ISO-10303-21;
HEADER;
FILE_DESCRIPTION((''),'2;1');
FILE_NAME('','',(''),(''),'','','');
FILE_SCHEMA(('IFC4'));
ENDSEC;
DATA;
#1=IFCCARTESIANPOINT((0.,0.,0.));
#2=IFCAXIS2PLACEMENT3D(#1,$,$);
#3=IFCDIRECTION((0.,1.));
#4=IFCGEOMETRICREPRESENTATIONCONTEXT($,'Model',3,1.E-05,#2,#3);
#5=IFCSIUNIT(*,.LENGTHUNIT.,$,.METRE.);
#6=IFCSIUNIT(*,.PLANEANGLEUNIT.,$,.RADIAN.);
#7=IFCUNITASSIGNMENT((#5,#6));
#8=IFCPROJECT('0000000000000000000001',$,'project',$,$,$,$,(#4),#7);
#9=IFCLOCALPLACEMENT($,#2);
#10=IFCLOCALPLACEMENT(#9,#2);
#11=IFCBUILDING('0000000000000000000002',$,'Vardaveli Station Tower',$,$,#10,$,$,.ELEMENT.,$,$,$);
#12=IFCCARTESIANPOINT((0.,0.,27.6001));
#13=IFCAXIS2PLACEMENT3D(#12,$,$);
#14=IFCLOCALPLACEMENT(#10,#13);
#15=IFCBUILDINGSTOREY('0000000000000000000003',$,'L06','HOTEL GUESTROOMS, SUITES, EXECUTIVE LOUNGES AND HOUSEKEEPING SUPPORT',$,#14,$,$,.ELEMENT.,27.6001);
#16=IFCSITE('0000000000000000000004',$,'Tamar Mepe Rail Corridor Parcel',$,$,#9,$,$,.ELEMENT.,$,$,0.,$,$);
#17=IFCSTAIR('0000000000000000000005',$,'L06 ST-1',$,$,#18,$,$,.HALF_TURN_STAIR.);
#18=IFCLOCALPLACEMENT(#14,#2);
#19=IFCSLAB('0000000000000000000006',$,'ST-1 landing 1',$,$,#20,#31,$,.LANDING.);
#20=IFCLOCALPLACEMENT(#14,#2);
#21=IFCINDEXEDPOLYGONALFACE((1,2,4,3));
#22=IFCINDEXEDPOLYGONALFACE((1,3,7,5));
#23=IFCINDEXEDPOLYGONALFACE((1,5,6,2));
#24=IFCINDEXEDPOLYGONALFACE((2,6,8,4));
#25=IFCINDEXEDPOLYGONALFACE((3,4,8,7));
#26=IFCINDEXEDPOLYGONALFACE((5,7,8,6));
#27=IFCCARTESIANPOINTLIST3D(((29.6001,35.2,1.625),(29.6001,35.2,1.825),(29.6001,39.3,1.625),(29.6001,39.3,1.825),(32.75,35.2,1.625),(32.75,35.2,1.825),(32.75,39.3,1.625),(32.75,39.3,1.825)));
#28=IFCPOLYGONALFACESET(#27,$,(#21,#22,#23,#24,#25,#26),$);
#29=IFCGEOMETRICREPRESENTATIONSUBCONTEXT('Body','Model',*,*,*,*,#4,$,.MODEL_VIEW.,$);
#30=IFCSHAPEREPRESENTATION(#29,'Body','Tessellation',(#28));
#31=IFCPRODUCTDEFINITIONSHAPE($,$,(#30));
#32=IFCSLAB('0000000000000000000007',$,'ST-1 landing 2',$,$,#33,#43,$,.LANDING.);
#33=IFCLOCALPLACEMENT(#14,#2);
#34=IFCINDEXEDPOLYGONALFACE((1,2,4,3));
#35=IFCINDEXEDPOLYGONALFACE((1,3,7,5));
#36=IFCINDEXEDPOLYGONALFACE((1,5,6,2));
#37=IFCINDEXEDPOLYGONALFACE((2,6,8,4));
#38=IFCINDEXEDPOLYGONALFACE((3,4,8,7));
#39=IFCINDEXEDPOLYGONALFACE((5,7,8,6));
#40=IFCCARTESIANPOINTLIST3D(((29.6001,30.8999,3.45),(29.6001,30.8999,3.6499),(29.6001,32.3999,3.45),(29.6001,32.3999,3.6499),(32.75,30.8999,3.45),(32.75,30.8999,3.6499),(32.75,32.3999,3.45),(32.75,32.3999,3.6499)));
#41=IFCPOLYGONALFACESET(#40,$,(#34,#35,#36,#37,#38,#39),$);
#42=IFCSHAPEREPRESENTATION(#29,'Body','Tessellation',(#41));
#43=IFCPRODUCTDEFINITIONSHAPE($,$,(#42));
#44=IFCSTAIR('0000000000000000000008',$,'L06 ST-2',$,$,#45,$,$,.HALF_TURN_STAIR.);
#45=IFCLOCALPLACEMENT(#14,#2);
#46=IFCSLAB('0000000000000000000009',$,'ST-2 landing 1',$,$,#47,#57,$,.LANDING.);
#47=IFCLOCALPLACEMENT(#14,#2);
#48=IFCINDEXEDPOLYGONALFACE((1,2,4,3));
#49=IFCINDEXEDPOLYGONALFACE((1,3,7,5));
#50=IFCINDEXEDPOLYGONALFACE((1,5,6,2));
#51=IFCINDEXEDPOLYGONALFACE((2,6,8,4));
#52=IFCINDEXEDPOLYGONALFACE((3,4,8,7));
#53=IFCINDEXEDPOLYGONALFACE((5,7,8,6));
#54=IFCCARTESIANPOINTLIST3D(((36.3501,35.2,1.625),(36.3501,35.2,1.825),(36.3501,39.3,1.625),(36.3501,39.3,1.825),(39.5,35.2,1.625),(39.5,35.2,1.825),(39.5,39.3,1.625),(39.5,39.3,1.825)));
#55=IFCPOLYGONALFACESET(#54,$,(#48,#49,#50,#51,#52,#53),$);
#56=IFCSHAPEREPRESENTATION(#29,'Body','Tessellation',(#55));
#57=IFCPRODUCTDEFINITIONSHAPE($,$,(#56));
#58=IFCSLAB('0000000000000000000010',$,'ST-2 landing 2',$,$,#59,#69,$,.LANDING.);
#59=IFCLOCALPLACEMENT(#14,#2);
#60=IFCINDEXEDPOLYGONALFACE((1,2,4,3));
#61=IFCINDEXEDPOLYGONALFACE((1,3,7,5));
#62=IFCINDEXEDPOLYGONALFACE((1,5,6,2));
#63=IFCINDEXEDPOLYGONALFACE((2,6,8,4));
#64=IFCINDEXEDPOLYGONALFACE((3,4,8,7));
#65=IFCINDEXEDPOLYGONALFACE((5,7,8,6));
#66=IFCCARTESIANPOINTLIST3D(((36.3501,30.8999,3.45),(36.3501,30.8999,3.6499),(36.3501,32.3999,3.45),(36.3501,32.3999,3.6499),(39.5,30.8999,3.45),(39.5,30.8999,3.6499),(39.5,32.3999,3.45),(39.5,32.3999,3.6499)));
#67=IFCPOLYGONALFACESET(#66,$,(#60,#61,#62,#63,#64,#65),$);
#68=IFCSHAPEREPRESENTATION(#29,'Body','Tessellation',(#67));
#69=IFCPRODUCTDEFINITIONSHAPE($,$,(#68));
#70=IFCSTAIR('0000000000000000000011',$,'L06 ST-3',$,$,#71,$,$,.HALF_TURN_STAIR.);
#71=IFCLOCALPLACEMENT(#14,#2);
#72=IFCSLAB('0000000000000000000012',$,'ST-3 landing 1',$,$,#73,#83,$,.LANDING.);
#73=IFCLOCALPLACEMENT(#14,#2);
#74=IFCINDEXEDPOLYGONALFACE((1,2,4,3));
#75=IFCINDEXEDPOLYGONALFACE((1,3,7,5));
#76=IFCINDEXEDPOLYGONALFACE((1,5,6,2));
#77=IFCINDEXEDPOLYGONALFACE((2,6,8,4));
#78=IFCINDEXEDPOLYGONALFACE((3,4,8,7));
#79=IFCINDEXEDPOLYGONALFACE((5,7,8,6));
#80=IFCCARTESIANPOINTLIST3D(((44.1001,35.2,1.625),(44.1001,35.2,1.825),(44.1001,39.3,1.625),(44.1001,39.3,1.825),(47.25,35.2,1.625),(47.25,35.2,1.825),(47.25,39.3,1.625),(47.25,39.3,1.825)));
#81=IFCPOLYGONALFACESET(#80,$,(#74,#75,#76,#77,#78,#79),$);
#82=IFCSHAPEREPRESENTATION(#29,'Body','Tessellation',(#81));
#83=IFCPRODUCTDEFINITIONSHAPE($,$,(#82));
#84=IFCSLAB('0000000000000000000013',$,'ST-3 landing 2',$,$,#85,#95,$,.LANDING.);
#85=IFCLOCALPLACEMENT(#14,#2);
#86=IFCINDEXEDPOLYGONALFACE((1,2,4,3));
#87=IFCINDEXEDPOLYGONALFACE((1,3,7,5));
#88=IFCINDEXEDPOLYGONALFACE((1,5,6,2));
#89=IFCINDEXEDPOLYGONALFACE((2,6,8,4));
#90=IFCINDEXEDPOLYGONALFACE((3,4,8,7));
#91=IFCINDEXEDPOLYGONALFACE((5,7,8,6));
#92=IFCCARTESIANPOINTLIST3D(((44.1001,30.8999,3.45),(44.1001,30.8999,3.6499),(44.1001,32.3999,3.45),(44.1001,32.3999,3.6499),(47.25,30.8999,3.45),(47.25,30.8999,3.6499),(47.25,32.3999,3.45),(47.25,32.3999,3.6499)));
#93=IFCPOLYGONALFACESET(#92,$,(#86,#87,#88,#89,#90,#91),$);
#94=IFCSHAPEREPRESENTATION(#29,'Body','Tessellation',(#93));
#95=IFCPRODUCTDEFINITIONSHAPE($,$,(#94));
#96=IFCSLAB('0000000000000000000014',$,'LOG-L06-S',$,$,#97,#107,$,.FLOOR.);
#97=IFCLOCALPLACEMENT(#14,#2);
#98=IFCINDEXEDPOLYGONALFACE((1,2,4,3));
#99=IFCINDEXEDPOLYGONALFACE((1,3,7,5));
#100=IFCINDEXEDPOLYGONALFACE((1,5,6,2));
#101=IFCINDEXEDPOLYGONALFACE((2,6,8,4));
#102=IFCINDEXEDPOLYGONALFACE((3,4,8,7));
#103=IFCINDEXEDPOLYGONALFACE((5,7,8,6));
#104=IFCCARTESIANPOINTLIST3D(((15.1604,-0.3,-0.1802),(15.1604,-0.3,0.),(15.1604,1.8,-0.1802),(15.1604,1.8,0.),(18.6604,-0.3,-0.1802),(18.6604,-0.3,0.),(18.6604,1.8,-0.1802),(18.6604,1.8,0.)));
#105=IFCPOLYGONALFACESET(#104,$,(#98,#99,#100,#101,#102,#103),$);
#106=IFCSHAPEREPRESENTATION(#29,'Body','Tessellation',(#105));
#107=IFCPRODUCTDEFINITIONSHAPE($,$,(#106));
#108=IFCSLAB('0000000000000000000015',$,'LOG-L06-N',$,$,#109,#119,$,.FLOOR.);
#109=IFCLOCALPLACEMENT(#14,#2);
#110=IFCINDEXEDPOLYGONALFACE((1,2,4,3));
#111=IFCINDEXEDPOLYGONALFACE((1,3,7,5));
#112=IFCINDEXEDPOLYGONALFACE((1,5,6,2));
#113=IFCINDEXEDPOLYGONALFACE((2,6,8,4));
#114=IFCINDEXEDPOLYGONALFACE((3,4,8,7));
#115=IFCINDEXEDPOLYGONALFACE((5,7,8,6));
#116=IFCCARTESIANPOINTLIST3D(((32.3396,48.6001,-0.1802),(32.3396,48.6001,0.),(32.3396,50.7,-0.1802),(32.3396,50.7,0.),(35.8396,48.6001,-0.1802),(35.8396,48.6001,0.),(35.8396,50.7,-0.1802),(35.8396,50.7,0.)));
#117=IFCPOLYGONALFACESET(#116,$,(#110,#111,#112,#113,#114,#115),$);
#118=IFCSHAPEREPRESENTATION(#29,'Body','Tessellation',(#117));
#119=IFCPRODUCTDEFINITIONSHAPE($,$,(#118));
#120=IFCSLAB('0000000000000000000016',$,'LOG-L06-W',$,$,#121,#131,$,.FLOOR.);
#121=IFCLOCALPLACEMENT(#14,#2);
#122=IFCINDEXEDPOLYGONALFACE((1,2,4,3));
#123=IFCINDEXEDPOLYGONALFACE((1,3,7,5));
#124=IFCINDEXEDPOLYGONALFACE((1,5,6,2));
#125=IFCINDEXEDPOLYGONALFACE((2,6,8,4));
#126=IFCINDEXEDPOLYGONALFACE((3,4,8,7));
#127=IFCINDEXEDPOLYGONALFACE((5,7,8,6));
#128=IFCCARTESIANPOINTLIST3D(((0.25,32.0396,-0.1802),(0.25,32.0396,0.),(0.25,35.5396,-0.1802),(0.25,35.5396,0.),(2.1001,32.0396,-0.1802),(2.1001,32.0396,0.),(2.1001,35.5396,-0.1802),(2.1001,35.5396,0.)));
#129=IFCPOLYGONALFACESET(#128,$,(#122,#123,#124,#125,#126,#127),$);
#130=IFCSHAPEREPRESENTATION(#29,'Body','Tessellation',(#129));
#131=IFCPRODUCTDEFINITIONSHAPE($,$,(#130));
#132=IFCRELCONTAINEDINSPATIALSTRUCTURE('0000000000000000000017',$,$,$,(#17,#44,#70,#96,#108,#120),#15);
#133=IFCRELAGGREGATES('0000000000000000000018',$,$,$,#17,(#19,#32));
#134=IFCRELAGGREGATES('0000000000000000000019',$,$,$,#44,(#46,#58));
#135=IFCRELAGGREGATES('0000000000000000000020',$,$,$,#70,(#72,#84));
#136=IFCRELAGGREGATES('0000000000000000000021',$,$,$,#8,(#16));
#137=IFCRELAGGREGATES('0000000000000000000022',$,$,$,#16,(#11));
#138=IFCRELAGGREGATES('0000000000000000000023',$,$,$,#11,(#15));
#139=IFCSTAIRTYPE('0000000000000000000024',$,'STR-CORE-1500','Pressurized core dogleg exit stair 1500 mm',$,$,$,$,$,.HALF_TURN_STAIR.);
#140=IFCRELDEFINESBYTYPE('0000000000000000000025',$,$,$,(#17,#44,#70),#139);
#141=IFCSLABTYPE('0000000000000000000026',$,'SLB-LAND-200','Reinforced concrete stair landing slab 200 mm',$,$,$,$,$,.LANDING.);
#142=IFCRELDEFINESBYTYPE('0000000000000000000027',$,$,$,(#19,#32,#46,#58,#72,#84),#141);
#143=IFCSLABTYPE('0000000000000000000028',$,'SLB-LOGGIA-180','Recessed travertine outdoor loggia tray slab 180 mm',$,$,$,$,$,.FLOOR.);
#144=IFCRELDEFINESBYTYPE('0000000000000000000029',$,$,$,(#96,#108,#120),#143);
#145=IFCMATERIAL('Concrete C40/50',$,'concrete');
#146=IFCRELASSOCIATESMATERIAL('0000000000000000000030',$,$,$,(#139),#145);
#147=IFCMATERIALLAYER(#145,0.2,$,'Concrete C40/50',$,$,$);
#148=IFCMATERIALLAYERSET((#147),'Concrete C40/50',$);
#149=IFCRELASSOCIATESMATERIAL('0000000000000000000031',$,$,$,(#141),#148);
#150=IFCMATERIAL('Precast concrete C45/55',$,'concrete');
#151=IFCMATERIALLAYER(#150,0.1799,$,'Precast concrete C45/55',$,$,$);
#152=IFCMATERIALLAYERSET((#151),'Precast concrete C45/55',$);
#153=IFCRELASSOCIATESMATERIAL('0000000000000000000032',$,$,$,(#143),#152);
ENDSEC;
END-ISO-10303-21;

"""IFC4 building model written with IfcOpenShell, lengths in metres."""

from ifc_helpers import new_model, si_unit, direction, frame, origin, place, context, subcontext, project, spatial, polyline, outline, extrude, material, layer, layer_set, type_object, element, aggregate, save


model = new_model("IFC4")

# Units and contexts
model_context = context("Model", 3, precision=1e-05, world=origin(), true_north=direction((0.0, 1.0)))
body_context = subcontext(model_context, "Body", "Model", "MODEL_VIEW")
ifc_project = project(units=[si_unit("LENGTHUNIT", "METRE"), si_unit("PLANEANGLEUNIT", "RADIAN")], contexts=[model_context])

# Site, building, storey
site_placement = place(None, origin())
site = spatial("IfcSite", under=ifc_project, at=site_placement, Name="Tamar Mepe Rail Corridor Parcel", CompositionType="ELEMENT", RefElevation=0.0)
building_placement = place(site_placement, origin())
building = spatial("IfcBuilding", under=site, at=building_placement, Name="Vardaveli Station Tower", CompositionType="ELEMENT")
storey_placement = place(building_placement, frame((0.0, 0.0, 27.6001)))
storey = spatial("IfcBuildingStorey", under=building, at=storey_placement, Name="L06", Description="HOTEL GUESTROOMS, SUITES, EXECUTIVE LOUNGES AND HOUSEKEEPING SUPPORT", CompositionType="ELEMENT", Elevation=27.6001)

# Stairs, slabs
ifc_material_1 = material(Name="Concrete C40/50", Category="concrete")
stair_type = type_object("IfcStairType", Name="STR-CORE-1500", Description="Pressurized core dogleg exit stair 1500 mm", PredefinedType="HALF_TURN_STAIR", material=ifc_material_1)
stair_1_placement = place(storey_placement, origin())
stair_1 = element("IfcStair", 1, at=stair_1_placement, inside=storey, type_object=stair_type, Name="L06 ST-1", PredefinedType="HALF_TURN_STAIR")
ifc_layer_1 = layer(ifc_material_1, 0.2, Name="Concrete C40/50")
ifc_layer_set_1 = layer_set([ifc_layer_1], Name="Concrete C40/50")
slab_type_1 = type_object("IfcSlabType", Name="SLB-LAND-200", Description="Reinforced concrete stair landing slab 200 mm", PredefinedType="LANDING", material=ifc_layer_set_1)
slab_1_placement = place(storey_placement, frame((0.0, 0.0, 1.625)))
slab_1 = element("IfcSlab", 2, at=slab_1_placement, type_object=slab_type_1, Name="ST-1 landing 1", PredefinedType="LANDING", context=body_context, shape_type="SweptSolid", body=[
    extrude(outline(polyline([(32.75, 35.2), (32.75, 39.3), (29.6001, 39.3), (29.6001, 35.2), (32.75, 35.2)])), origin(), (0.0, 0.0, 1.0), 0.2),
])
slab_2_placement = place(storey_placement, frame((0.0, 0.0, 3.45)))
slab_2 = element("IfcSlab", 3, at=slab_2_placement, type_object=slab_type_1, Name="ST-1 landing 2", PredefinedType="LANDING", context=body_context, shape_type="SweptSolid", body=[
    extrude(outline(polyline([(32.75, 30.8999), (32.75, 32.3999), (29.6001, 32.3999), (29.6001, 30.8999), (32.75, 30.8999)])), origin(), (0.0, 0.0, 1.0), 0.2),
])
aggregate(stair_1, [slab_1, slab_2])
stair_2_placement = place(storey_placement, origin())
stair_2 = element("IfcStair", 4, at=stair_2_placement, inside=storey, type_object=stair_type, Name="L06 ST-2", PredefinedType="HALF_TURN_STAIR")
slab_3_placement = place(storey_placement, frame((0.0, 0.0, 1.625)))
slab_3 = element("IfcSlab", 5, at=slab_3_placement, type_object=slab_type_1, Name="ST-2 landing 1", PredefinedType="LANDING", context=body_context, shape_type="SweptSolid", body=[
    extrude(outline(polyline([(39.5, 35.2), (39.5, 39.3), (36.3501, 39.3), (36.3501, 35.2), (39.5, 35.2)])), origin(), (0.0, 0.0, 1.0), 0.2),
])
slab_4_placement = place(storey_placement, frame((0.0, 0.0, 3.45)))
slab_4 = element("IfcSlab", 6, at=slab_4_placement, type_object=slab_type_1, Name="ST-2 landing 2", PredefinedType="LANDING", context=body_context, shape_type="SweptSolid", body=[
    extrude(outline(polyline([(39.5, 30.8999), (39.5, 32.3999), (36.3501, 32.3999), (36.3501, 30.8999), (39.5, 30.8999)])), origin(), (0.0, 0.0, 1.0), 0.2),
])
aggregate(stair_2, [slab_3, slab_4])
stair_3_placement = place(storey_placement, origin())
stair_3 = element("IfcStair", 7, at=stair_3_placement, inside=storey, type_object=stair_type, Name="L06 ST-3", PredefinedType="HALF_TURN_STAIR")
slab_5_placement = place(storey_placement, frame((0.0, 0.0, 1.625)))
slab_5 = element("IfcSlab", 8, at=slab_5_placement, type_object=slab_type_1, Name="ST-3 landing 1", PredefinedType="LANDING", context=body_context, shape_type="SweptSolid", body=[
    extrude(outline(polyline([(47.25, 35.2), (47.25, 39.3), (44.1001, 39.3), (44.1001, 35.2), (47.25, 35.2)])), origin(), (0.0, 0.0, 1.0), 0.2),
])
slab_6_placement = place(storey_placement, frame((0.0, 0.0, 3.45)))
slab_6 = element("IfcSlab", 9, at=slab_6_placement, type_object=slab_type_1, Name="ST-3 landing 2", PredefinedType="LANDING", context=body_context, shape_type="SweptSolid", body=[
    extrude(outline(polyline([(47.25, 30.8999), (47.25, 32.3999), (44.1001, 32.3999), (44.1001, 30.8999), (47.25, 30.8999)])), origin(), (0.0, 0.0, 1.0), 0.2),
])
aggregate(stair_3, [slab_5, slab_6])

# Slabs
ifc_material_2 = material(Name="Precast concrete C45/55", Category="concrete")
ifc_layer_2 = layer(ifc_material_2, 0.1799, Name="Precast concrete C45/55")
ifc_layer_set_2 = layer_set([ifc_layer_2], Name="Precast concrete C45/55")
slab_type_2 = type_object("IfcSlabType", Name="SLB-LOGGIA-180", Description="Recessed travertine outdoor loggia tray slab 180 mm", PredefinedType="FLOOR", material=ifc_layer_set_2)
slab_7_placement = place(storey_placement, frame((0.0, 0.0, -0.1802)))
element("IfcSlab", 10, at=slab_7_placement, inside=storey, type_object=slab_type_2, Name="LOG-L06-S", PredefinedType="FLOOR", context=body_context, shape_type="SweptSolid", body=[
    extrude(outline(polyline([(15.1604, -0.3), (18.6604, -0.3), (18.6604, 1.8), (15.1604, 1.8), (15.1604, -0.3)])), origin(), (0.0, 0.0, 1.0), 0.1802),
])
slab_8_placement = place(storey_placement, frame((0.0, 0.0, -0.1802)))
element("IfcSlab", 11, at=slab_8_placement, inside=storey, type_object=slab_type_2, Name="LOG-L06-N", PredefinedType="FLOOR", context=body_context, shape_type="SweptSolid", body=[
    extrude(outline(polyline([(32.3396, 48.6001), (35.8396, 48.6001), (35.8396, 50.7), (32.3396, 50.7), (32.3396, 48.6001)])), origin(), (0.0, 0.0, 1.0), 0.1802),
])
slab_9_placement = place(storey_placement, frame((0.0, 0.0, -0.1802)))
element("IfcSlab", 12, at=slab_9_placement, inside=storey, type_object=slab_type_2, Name="LOG-L06-W", PredefinedType="FLOOR", context=body_context, shape_type="SweptSolid", body=[
    extrude(outline(polyline([(0.25, 32.0396), (2.1001, 32.0396), (2.1001, 35.5396), (0.25, 35.5396), (0.25, 32.0396)])), origin(), (0.0, 0.0, 1.0), 0.1802),
])

save(model, "model.ifc")
